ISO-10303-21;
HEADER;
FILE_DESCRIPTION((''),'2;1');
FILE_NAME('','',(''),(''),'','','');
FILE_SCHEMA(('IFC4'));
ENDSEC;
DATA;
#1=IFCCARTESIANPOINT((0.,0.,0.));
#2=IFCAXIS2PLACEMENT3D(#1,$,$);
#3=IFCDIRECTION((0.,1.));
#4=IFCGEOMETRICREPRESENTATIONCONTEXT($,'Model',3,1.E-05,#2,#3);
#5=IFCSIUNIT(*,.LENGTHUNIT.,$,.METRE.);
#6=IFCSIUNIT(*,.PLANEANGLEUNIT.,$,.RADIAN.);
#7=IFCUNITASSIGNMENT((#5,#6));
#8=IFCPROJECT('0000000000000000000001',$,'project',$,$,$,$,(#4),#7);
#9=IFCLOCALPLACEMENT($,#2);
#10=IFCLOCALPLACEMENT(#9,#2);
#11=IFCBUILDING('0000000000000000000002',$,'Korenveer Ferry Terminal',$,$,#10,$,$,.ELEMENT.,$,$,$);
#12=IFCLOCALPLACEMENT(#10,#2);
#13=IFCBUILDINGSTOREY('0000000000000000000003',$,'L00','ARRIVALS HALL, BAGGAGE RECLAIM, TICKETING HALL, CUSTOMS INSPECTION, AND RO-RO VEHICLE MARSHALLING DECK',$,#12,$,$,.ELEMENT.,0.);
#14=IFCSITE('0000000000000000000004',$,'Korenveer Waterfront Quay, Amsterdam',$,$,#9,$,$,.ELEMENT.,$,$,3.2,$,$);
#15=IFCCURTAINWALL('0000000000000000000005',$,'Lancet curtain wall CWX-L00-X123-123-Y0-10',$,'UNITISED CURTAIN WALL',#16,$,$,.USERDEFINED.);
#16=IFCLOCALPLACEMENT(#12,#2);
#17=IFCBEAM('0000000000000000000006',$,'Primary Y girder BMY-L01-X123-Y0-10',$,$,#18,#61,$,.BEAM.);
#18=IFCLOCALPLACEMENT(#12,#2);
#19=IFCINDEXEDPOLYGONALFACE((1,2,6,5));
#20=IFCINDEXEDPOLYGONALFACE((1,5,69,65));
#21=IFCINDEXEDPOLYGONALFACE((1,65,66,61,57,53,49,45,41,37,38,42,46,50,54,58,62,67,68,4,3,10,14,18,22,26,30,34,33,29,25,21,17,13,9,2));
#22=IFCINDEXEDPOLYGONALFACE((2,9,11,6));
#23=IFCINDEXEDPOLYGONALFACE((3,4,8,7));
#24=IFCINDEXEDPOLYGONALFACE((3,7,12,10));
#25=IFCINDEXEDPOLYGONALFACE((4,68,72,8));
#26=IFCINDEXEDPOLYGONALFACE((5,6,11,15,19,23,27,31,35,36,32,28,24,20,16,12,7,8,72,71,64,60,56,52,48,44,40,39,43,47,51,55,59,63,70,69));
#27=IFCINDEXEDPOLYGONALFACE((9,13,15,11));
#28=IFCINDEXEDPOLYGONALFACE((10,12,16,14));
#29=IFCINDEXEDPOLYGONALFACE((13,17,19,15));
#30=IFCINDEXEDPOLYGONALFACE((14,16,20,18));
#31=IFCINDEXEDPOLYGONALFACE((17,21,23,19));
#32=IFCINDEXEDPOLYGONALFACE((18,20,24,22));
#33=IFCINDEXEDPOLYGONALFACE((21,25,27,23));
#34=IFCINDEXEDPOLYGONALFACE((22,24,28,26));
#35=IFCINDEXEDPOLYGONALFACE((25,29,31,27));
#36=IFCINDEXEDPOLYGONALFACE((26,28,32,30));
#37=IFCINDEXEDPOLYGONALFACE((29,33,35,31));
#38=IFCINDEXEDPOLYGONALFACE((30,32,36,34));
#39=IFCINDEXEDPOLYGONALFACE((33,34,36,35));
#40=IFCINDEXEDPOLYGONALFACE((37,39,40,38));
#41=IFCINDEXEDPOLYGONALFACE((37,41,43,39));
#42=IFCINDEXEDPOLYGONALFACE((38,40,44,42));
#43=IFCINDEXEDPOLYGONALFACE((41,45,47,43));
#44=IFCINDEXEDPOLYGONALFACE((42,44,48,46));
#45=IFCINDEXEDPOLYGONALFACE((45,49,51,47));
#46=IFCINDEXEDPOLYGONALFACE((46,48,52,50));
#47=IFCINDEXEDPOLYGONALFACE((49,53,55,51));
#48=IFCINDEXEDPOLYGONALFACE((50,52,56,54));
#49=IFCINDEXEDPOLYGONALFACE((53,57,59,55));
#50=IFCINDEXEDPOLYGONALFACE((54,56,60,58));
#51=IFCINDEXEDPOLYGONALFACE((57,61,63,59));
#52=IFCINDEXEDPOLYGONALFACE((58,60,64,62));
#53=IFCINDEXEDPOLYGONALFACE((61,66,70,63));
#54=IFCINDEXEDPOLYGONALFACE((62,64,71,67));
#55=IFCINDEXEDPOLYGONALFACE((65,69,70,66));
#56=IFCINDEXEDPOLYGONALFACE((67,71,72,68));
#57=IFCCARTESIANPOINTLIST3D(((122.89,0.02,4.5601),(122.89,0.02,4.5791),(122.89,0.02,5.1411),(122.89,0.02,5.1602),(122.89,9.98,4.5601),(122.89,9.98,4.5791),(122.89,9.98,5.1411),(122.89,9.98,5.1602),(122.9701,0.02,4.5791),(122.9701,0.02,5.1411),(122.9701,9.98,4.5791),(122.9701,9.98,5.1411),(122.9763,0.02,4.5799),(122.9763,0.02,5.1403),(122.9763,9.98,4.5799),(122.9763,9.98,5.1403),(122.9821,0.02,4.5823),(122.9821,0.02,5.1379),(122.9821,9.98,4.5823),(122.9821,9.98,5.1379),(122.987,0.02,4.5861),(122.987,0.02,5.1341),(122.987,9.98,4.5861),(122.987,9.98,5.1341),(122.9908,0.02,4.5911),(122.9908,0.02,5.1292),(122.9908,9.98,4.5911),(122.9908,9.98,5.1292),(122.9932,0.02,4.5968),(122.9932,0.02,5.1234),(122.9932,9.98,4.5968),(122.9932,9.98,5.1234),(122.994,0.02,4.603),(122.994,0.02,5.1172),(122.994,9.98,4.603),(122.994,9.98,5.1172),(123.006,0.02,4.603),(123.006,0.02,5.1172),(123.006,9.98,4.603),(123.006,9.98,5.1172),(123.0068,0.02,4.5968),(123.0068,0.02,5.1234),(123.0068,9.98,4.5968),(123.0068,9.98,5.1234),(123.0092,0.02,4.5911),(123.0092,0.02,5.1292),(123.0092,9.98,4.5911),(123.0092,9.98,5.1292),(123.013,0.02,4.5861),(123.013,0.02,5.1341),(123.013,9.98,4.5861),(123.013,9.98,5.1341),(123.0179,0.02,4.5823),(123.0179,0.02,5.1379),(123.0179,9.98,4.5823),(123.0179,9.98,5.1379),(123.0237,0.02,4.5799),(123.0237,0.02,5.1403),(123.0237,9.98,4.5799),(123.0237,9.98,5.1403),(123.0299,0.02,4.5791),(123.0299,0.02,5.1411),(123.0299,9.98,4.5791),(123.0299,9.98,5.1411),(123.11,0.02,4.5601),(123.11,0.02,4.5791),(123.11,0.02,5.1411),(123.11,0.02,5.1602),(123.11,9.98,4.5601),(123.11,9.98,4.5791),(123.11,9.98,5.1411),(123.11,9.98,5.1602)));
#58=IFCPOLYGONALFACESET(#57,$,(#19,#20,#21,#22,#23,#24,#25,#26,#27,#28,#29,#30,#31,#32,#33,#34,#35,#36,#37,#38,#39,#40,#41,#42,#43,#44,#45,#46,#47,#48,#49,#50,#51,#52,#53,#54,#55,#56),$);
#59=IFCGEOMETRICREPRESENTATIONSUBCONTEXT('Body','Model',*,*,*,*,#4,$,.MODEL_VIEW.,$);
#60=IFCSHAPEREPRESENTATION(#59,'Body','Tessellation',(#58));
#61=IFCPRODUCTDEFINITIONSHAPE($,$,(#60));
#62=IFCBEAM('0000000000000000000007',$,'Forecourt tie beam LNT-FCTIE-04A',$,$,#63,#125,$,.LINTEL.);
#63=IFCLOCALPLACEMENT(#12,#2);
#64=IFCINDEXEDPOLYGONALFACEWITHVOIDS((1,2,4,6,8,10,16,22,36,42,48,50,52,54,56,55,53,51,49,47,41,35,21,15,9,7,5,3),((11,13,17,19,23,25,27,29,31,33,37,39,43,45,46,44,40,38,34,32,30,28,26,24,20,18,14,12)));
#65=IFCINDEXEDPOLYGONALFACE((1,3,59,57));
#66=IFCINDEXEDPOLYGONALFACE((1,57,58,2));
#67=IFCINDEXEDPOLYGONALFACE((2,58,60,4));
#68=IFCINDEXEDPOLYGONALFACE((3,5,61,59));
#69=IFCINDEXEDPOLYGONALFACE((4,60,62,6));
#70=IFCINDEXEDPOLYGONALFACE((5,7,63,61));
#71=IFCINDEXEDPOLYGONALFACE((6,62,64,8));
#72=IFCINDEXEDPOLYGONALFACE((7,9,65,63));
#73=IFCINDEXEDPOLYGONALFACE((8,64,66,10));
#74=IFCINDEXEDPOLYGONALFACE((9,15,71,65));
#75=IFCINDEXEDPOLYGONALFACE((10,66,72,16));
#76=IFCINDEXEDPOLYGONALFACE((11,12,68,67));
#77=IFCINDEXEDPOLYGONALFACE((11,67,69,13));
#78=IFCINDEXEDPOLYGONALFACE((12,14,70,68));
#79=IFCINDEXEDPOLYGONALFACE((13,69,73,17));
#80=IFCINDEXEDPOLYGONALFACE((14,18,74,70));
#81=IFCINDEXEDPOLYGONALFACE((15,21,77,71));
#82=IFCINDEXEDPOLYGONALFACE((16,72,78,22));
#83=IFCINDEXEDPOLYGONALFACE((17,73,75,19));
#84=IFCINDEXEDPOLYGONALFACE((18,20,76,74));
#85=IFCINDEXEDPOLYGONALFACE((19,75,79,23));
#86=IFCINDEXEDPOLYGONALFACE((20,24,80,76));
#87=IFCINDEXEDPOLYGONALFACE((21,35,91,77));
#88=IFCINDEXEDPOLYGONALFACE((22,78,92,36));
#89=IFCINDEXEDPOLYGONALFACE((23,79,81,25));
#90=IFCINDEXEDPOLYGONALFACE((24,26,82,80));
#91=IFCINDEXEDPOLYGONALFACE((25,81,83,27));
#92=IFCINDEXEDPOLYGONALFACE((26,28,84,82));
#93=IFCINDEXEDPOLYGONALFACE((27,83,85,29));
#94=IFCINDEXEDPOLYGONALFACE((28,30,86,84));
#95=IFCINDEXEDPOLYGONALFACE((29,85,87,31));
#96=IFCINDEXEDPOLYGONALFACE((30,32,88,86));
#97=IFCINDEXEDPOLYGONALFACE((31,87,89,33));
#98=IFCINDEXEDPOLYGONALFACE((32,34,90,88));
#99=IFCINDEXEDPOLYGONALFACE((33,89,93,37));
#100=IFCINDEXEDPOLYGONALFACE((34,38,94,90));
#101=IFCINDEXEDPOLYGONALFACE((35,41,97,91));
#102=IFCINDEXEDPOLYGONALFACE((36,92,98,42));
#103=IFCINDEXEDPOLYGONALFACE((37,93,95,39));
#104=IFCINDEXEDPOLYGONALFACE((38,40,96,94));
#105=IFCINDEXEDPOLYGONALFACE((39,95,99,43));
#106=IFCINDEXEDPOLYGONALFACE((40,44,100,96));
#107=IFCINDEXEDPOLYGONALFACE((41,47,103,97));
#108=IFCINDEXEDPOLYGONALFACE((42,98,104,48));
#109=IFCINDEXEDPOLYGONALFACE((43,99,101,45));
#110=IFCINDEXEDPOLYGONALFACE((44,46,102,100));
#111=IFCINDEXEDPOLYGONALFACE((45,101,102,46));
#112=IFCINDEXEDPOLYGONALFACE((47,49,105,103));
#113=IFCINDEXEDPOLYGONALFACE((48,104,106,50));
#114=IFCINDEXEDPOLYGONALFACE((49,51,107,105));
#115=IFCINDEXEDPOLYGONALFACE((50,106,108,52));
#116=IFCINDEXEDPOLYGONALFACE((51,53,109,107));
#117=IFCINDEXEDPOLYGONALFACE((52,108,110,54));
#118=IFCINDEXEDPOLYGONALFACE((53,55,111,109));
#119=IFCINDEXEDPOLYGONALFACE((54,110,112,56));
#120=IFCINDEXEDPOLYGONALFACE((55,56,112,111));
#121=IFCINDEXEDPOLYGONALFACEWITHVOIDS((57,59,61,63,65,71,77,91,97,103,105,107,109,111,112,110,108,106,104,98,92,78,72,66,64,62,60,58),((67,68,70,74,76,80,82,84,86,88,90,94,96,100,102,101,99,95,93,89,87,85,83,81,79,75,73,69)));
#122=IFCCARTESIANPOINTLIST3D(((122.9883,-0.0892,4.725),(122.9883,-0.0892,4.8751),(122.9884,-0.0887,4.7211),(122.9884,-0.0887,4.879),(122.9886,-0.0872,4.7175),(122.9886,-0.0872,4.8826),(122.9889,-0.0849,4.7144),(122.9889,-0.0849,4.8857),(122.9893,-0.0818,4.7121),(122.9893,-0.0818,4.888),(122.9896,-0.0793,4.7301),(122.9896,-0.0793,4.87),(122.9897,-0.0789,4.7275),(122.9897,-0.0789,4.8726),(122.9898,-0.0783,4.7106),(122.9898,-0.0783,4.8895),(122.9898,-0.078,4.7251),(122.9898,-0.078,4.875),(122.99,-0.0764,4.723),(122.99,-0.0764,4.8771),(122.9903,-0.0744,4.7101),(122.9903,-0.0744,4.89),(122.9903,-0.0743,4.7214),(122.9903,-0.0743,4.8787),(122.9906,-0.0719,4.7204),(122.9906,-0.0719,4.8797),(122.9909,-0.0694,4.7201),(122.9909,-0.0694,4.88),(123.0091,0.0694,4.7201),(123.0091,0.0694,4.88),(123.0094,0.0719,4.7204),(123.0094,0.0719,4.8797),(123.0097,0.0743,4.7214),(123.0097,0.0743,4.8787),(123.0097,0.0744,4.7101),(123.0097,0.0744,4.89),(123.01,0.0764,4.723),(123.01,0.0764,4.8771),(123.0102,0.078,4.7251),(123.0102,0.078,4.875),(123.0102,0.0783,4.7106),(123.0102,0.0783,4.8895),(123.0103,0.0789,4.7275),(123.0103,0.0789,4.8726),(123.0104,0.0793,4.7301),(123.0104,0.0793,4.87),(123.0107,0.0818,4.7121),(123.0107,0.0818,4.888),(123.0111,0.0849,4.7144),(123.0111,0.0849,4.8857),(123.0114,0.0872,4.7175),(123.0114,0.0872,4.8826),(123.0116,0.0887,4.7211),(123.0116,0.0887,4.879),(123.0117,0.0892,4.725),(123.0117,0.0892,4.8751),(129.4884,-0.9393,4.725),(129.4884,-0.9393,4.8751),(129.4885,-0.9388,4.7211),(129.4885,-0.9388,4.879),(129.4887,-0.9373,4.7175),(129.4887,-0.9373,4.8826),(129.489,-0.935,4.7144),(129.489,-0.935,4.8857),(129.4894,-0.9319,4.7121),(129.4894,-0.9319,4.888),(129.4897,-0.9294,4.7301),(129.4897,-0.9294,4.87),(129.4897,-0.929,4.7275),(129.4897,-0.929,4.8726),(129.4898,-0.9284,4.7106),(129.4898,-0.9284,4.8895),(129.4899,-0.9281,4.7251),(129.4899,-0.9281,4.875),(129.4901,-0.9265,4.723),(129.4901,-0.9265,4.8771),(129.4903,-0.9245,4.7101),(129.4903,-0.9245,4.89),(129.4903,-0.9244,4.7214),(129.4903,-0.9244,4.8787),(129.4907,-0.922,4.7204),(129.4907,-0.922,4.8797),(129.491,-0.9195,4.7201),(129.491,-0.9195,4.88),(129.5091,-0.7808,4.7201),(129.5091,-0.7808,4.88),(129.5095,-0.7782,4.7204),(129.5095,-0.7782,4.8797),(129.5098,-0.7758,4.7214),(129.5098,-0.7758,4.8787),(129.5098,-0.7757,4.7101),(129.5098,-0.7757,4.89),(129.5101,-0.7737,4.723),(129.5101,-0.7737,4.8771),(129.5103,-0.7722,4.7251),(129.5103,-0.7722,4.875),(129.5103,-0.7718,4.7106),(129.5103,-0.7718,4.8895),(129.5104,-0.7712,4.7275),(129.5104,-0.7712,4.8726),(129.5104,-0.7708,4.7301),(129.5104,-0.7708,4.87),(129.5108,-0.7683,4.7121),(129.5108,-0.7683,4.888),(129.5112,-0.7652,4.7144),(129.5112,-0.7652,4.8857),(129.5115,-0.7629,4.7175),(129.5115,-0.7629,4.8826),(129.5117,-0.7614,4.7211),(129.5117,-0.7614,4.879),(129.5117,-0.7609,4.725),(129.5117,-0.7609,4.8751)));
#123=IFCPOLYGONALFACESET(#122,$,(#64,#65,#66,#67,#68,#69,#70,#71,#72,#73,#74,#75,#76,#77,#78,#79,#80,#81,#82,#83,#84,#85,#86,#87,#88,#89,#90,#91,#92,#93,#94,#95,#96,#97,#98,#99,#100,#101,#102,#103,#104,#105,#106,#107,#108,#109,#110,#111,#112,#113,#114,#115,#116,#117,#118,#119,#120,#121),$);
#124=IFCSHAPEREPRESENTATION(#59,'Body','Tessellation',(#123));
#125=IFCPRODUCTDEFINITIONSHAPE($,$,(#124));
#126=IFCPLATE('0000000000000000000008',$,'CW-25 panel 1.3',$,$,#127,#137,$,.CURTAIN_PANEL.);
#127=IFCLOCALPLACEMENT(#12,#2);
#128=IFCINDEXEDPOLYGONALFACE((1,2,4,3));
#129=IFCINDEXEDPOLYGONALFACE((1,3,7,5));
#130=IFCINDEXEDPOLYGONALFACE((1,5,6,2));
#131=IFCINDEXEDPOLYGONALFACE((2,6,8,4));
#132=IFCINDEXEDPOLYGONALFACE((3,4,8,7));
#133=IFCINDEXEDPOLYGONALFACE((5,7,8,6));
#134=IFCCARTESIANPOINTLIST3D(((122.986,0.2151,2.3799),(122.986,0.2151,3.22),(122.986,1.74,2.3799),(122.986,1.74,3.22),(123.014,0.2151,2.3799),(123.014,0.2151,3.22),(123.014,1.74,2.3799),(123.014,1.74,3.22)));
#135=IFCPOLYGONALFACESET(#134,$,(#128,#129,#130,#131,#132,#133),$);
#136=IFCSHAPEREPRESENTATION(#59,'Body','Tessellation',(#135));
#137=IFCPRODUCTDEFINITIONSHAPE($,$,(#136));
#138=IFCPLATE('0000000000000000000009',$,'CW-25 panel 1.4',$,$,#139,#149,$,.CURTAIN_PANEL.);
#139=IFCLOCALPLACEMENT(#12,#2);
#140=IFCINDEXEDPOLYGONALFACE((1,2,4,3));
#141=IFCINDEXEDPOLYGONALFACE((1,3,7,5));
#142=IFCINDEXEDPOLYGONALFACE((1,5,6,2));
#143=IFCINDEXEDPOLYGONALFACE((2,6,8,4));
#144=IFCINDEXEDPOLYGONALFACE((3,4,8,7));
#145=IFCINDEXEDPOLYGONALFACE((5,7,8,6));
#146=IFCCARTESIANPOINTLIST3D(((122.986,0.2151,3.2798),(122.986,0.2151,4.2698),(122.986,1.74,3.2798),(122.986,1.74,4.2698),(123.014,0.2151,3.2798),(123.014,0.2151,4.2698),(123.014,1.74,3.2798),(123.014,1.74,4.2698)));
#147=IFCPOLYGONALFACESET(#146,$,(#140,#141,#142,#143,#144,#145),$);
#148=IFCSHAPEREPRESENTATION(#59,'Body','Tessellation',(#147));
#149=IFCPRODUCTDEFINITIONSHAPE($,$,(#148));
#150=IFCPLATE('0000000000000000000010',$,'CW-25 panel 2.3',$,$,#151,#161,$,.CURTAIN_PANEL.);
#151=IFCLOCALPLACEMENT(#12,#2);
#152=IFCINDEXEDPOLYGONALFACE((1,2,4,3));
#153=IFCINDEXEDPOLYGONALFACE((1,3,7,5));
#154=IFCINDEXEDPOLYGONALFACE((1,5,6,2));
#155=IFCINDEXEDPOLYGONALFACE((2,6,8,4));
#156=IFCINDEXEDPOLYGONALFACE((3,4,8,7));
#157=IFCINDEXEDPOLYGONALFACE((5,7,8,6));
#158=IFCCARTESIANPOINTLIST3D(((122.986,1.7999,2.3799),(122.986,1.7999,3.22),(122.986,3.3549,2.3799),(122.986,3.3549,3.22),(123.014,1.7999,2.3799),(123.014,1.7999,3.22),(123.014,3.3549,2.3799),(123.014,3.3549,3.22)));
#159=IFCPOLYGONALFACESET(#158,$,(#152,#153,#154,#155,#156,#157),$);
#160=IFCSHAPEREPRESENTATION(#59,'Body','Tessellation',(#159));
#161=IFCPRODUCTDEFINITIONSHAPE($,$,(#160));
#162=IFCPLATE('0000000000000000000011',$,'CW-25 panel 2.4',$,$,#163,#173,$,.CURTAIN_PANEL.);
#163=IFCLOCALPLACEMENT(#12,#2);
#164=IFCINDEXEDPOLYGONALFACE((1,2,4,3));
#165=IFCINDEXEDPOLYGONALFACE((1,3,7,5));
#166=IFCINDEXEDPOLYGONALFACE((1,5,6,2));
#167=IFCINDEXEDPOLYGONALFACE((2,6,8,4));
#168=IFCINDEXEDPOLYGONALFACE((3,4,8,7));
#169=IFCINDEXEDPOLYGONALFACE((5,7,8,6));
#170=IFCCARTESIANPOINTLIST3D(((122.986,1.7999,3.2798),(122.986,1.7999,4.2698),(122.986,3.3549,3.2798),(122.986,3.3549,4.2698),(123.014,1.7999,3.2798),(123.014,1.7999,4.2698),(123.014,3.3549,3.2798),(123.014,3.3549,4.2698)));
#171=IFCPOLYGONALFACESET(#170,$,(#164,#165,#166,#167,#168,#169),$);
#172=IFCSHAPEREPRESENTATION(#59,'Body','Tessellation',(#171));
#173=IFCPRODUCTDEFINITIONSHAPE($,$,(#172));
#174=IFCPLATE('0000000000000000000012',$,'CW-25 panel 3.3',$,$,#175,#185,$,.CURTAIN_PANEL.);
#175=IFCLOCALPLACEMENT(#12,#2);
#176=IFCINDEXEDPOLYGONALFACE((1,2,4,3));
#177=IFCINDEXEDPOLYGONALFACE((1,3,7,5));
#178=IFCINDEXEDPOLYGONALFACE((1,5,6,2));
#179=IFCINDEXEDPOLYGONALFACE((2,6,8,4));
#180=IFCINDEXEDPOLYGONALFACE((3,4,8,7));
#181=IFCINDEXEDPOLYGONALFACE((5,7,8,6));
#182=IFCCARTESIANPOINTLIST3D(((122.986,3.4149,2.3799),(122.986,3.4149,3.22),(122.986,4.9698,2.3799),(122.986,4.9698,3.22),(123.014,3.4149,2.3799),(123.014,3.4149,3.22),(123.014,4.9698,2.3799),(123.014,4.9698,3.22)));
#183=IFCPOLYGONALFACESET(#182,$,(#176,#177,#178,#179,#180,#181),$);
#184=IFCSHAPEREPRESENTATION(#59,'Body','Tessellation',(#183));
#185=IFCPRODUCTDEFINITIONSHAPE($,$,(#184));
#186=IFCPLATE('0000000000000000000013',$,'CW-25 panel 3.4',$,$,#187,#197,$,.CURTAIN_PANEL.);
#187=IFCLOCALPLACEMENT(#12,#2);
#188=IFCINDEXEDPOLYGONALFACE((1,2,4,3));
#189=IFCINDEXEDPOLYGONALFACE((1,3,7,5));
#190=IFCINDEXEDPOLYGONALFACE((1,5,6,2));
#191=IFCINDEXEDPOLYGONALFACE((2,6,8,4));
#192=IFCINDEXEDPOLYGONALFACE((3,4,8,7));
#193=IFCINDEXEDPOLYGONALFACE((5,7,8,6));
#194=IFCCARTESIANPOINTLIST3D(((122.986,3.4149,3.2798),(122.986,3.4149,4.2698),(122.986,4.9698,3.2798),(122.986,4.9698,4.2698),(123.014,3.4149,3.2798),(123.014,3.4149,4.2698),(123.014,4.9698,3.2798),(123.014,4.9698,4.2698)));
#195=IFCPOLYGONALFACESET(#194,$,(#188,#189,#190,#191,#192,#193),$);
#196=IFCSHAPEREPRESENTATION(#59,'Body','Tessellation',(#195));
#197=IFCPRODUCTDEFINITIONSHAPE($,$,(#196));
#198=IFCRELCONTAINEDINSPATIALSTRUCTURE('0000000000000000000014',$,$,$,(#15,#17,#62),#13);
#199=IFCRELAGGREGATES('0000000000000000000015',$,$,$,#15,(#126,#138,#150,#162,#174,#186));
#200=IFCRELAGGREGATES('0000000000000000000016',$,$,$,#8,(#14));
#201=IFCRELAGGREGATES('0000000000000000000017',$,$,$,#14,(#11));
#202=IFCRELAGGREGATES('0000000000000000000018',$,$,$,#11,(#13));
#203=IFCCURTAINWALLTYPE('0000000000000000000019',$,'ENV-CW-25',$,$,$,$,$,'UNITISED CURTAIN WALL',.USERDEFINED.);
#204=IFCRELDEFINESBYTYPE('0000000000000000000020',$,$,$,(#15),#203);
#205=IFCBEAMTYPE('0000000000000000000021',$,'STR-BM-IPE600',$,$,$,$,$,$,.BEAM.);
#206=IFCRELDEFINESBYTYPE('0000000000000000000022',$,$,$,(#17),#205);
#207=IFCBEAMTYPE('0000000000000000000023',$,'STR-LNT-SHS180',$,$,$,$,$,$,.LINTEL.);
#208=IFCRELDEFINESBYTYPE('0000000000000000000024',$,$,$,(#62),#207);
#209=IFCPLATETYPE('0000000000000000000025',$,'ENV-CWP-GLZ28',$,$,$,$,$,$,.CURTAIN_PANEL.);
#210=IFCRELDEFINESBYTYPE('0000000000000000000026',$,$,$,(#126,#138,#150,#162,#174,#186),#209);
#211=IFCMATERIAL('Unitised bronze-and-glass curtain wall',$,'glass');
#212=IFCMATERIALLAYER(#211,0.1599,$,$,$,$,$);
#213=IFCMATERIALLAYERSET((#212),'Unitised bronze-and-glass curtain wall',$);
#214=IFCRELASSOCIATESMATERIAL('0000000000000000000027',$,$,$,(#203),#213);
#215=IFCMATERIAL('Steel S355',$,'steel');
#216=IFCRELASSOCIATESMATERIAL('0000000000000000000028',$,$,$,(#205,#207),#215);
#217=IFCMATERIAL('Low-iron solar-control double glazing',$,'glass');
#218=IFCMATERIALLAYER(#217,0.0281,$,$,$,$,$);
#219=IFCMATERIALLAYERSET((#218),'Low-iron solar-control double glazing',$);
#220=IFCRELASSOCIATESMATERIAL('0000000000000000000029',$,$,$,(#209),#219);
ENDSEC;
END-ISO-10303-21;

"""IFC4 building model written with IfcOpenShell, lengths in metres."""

from ifc_helpers import new_model, si_unit, direction, frame, origin, origin_2d, place, context, subcontext, project, spatial, rectangle, hollow_rectangle, i_section, extrude, material, layer, layer_set, material_profile, profile_set, type_object, element, aggregate, save


model = new_model("IFC4")

# Units and contexts
model_context = context("Model", 3, precision=1e-05, world=origin(), true_north=direction((0.0, 1.0)))
body_context = subcontext(model_context, "Body", "Model", "MODEL_VIEW")
ifc_project = project(units=[si_unit("LENGTHUNIT", "METRE"), si_unit("PLANEANGLEUNIT", "RADIAN")], contexts=[model_context])

# Site, building, storey
site_placement = place(None, origin())
site = spatial("IfcSite", under=ifc_project, at=site_placement, Name="Korenveer Waterfront Quay, Amsterdam", CompositionType="ELEMENT", RefElevation=3.2)
building_placement = place(site_placement, origin())
building = spatial("IfcBuilding", under=site, at=building_placement, Name="Korenveer Ferry Terminal", CompositionType="ELEMENT")
storey_placement = place(building_placement, origin())
storey = spatial("IfcBuildingStorey", under=building, at=storey_placement, Name="L00", Description="ARRIVALS HALL, BAGGAGE RECLAIM, TICKETING HALL, CUSTOMS INSPECTION, AND RO-RO VEHICLE MARSHALLING DECK", CompositionType="ELEMENT", Elevation=0.0)

# Curtain wall
ifc_material_1 = material(Name="Unitised bronze-and-glass curtain wall", Category="glass")
ifc_layer_1 = layer(ifc_material_1, 0.1599)
ifc_layer_set_1 = layer_set([ifc_layer_1], Name="Unitised bronze-and-glass curtain wall")
curtain_wall_type = type_object("IfcCurtainWallType", Name="ENV-CW-25", ElementType="UNITISED CURTAIN WALL", PredefinedType="USERDEFINED", material=ifc_layer_set_1)
curtain_wall_placement = place(storey_placement, frame((123.0, 0.155, 0.0)))
curtain_wall = element("IfcCurtainWall", 1, at=curtain_wall_placement, inside=storey, type_object=curtain_wall_type, Name="Lancet curtain wall CWX-L00-X123-123-Y0-10", ObjectType="UNITISED CURTAIN WALL", PredefinedType="USERDEFINED")

# Beams
ifc_material_2 = material(Name="Steel S355", Category="steel")
ifc_material_profile_1 = material_profile(ifc_material_2, i_section(OverallWidth=0.22, OverallDepth=0.6001, WebThickness=0.012, FlangeThickness=0.019, FilletRadius=0.0239, at=origin_2d()), Name="IPE 600")
ifc_profile_set_1 = profile_set([ifc_material_profile_1], Name="Steel S355")
beam_type_1 = type_object("IfcBeamType", Name="STR-BM-IPE600", PredefinedType="BEAM", material=ifc_profile_set_1)
beam_1_placement = place(storey_placement, frame((123.0, 0.02, 4.8601), z_axis=(0.0, 1.0, 0.0), x_axis=(-1.0, 0.0, 0.0)))
element("IfcBeam", 2, at=beam_1_placement, inside=storey, type_object=beam_type_1, Name="Primary Y girder BMY-L01-X123-Y0-10", PredefinedType="BEAM", context=body_context, shape_type="SweptSolid", body=[
    extrude(i_section(OverallWidth=0.22, OverallDepth=0.6001, WebThickness=0.012, FlangeThickness=0.019, FilletRadius=0.0239, at=origin_2d()), origin(), (0.0, 0.0, 1.0), 9.96),
])
ifc_material_profile_2 = material_profile(ifc_material_2, hollow_rectangle(XDim=0.1799, YDim=0.1799, WallThickness=0.01, InnerFilletRadius=0.01, OuterFilletRadius=0.0149, at=origin_2d()), Name="SHS 180x180x10")
ifc_profile_set_2 = profile_set([ifc_material_profile_2], Name="Steel S355")
beam_type_2 = type_object("IfcBeamType", Name="STR-LNT-SHS180", PredefinedType="LINTEL", material=ifc_profile_set_2)
beam_2_placement = place(storey_placement, frame((123.0, 0.0, 4.8), z_axis=(0.991556, -0.12968, 0.0), x_axis=(0.12968, 0.991556, 0.0)))
element("IfcBeam", 3, at=beam_2_placement, inside=storey, type_object=beam_type_2, Name="Forecourt tie beam LNT-FCTIE-04A", PredefinedType="LINTEL", context=body_context, shape_type="SweptSolid", body=[
    extrude(hollow_rectangle(XDim=0.1799, YDim=0.1799, WallThickness=0.01, InnerFilletRadius=0.01, OuterFilletRadius=0.0149, at=origin_2d()), origin(), (0.0, 0.0, 1.0), 6.5554),
])

# Plates
ifc_material_3 = material(Name="Low-iron solar-control double glazing", Category="glass")
ifc_layer_2 = layer(ifc_material_3, 0.0281)
ifc_layer_set_2 = layer_set([ifc_layer_2], Name="Low-iron solar-control double glazing")
plate_type_1 = type_object("IfcPlateType", Name="ENV-CWP-GLZ28", PredefinedType="CURTAIN_PANEL", material=ifc_layer_set_2)
plate_1_placement = place(storey_placement, frame((123.0, 0.9775, 2.3799), z_axis=(0.0, 0.0, 1.0), x_axis=(0.0, 1.0, 0.0)))
plate_1 = element("IfcPlate", 4, at=plate_1_placement, type_object=plate_type_1, Name="CW-25 panel 1.3", PredefinedType="CURTAIN_PANEL", context=body_context, shape_type="SweptSolid", body=[
    extrude(rectangle(XDim=1.5249, YDim=0.0281, at=origin_2d()), origin(), (0.0, 0.0, 1.0), 0.8401),
])
plate_2_placement = place(storey_placement, frame((123.0, 0.9775, 3.2798), z_axis=(0.0, 0.0, 1.0), x_axis=(0.0, 1.0, 0.0)))
plate_2 = element("IfcPlate", 5, at=plate_2_placement, type_object=plate_type_1, Name="CW-25 panel 1.4", PredefinedType="CURTAIN_PANEL", context=body_context, shape_type="SweptSolid", body=[
    extrude(rectangle(XDim=1.5249, YDim=0.0281, at=origin_2d()), origin(), (0.0, 0.0, 1.0), 0.99),
])
plate_3_placement = place(storey_placement, frame((123.0, 2.5774, 2.3799), z_axis=(0.0, 0.0, 1.0), x_axis=(0.0, 1.0, 0.0)))
plate_3 = element("IfcPlate", 6, at=plate_3_placement, type_object=plate_type_1, Name="CW-25 panel 2.3", PredefinedType="CURTAIN_PANEL", context=body_context, shape_type="SweptSolid", body=[
    extrude(rectangle(XDim=1.5549, YDim=0.0281, at=origin_2d()), origin(), (0.0, 0.0, 1.0), 0.8401),
])
plate_4_placement = place(storey_placement, frame((123.0, 2.5774, 3.2798), z_axis=(0.0, 0.0, 1.0), x_axis=(0.0, 1.0, 0.0)))
plate_4 = element("IfcPlate", 7, at=plate_4_placement, type_object=plate_type_1, Name="CW-25 panel 2.4", PredefinedType="CURTAIN_PANEL", context=body_context, shape_type="SweptSolid", body=[
    extrude(rectangle(XDim=1.5549, YDim=0.0281, at=origin_2d()), origin(), (0.0, 0.0, 1.0), 0.99),
])
plate_5_placement = place(storey_placement, frame((123.0, 4.1924, 2.3799), z_axis=(0.0, 0.0, 1.0), x_axis=(0.0, 1.0, 0.0)))
plate_5 = element("IfcPlate", 8, at=plate_5_placement, type_object=plate_type_1, Name="CW-25 panel 3.3", PredefinedType="CURTAIN_PANEL", context=body_context, shape_type="SweptSolid", body=[
    extrude(rectangle(XDim=1.5549, YDim=0.0281, at=origin_2d()), origin(), (0.0, 0.0, 1.0), 0.8401),
])
plate_6_placement = place(storey_placement, frame((123.0, 4.1924, 3.2798), z_axis=(0.0, 0.0, 1.0), x_axis=(0.0, 1.0, 0.0)))
plate_6 = element("IfcPlate", 9, at=plate_6_placement, type_object=plate_type_1, Name="CW-25 panel 3.4", PredefinedType="CURTAIN_PANEL", context=body_context, shape_type="SweptSolid", body=[
    extrude(rectangle(XDim=1.5549, YDim=0.0281, at=origin_2d()), origin(), (0.0, 0.0, 1.0), 0.99),
])
aggregate(curtain_wall, [plate_1, plate_2, plate_3, plate_4, plate_5, plate_6])

save(model, "model.ifc")
